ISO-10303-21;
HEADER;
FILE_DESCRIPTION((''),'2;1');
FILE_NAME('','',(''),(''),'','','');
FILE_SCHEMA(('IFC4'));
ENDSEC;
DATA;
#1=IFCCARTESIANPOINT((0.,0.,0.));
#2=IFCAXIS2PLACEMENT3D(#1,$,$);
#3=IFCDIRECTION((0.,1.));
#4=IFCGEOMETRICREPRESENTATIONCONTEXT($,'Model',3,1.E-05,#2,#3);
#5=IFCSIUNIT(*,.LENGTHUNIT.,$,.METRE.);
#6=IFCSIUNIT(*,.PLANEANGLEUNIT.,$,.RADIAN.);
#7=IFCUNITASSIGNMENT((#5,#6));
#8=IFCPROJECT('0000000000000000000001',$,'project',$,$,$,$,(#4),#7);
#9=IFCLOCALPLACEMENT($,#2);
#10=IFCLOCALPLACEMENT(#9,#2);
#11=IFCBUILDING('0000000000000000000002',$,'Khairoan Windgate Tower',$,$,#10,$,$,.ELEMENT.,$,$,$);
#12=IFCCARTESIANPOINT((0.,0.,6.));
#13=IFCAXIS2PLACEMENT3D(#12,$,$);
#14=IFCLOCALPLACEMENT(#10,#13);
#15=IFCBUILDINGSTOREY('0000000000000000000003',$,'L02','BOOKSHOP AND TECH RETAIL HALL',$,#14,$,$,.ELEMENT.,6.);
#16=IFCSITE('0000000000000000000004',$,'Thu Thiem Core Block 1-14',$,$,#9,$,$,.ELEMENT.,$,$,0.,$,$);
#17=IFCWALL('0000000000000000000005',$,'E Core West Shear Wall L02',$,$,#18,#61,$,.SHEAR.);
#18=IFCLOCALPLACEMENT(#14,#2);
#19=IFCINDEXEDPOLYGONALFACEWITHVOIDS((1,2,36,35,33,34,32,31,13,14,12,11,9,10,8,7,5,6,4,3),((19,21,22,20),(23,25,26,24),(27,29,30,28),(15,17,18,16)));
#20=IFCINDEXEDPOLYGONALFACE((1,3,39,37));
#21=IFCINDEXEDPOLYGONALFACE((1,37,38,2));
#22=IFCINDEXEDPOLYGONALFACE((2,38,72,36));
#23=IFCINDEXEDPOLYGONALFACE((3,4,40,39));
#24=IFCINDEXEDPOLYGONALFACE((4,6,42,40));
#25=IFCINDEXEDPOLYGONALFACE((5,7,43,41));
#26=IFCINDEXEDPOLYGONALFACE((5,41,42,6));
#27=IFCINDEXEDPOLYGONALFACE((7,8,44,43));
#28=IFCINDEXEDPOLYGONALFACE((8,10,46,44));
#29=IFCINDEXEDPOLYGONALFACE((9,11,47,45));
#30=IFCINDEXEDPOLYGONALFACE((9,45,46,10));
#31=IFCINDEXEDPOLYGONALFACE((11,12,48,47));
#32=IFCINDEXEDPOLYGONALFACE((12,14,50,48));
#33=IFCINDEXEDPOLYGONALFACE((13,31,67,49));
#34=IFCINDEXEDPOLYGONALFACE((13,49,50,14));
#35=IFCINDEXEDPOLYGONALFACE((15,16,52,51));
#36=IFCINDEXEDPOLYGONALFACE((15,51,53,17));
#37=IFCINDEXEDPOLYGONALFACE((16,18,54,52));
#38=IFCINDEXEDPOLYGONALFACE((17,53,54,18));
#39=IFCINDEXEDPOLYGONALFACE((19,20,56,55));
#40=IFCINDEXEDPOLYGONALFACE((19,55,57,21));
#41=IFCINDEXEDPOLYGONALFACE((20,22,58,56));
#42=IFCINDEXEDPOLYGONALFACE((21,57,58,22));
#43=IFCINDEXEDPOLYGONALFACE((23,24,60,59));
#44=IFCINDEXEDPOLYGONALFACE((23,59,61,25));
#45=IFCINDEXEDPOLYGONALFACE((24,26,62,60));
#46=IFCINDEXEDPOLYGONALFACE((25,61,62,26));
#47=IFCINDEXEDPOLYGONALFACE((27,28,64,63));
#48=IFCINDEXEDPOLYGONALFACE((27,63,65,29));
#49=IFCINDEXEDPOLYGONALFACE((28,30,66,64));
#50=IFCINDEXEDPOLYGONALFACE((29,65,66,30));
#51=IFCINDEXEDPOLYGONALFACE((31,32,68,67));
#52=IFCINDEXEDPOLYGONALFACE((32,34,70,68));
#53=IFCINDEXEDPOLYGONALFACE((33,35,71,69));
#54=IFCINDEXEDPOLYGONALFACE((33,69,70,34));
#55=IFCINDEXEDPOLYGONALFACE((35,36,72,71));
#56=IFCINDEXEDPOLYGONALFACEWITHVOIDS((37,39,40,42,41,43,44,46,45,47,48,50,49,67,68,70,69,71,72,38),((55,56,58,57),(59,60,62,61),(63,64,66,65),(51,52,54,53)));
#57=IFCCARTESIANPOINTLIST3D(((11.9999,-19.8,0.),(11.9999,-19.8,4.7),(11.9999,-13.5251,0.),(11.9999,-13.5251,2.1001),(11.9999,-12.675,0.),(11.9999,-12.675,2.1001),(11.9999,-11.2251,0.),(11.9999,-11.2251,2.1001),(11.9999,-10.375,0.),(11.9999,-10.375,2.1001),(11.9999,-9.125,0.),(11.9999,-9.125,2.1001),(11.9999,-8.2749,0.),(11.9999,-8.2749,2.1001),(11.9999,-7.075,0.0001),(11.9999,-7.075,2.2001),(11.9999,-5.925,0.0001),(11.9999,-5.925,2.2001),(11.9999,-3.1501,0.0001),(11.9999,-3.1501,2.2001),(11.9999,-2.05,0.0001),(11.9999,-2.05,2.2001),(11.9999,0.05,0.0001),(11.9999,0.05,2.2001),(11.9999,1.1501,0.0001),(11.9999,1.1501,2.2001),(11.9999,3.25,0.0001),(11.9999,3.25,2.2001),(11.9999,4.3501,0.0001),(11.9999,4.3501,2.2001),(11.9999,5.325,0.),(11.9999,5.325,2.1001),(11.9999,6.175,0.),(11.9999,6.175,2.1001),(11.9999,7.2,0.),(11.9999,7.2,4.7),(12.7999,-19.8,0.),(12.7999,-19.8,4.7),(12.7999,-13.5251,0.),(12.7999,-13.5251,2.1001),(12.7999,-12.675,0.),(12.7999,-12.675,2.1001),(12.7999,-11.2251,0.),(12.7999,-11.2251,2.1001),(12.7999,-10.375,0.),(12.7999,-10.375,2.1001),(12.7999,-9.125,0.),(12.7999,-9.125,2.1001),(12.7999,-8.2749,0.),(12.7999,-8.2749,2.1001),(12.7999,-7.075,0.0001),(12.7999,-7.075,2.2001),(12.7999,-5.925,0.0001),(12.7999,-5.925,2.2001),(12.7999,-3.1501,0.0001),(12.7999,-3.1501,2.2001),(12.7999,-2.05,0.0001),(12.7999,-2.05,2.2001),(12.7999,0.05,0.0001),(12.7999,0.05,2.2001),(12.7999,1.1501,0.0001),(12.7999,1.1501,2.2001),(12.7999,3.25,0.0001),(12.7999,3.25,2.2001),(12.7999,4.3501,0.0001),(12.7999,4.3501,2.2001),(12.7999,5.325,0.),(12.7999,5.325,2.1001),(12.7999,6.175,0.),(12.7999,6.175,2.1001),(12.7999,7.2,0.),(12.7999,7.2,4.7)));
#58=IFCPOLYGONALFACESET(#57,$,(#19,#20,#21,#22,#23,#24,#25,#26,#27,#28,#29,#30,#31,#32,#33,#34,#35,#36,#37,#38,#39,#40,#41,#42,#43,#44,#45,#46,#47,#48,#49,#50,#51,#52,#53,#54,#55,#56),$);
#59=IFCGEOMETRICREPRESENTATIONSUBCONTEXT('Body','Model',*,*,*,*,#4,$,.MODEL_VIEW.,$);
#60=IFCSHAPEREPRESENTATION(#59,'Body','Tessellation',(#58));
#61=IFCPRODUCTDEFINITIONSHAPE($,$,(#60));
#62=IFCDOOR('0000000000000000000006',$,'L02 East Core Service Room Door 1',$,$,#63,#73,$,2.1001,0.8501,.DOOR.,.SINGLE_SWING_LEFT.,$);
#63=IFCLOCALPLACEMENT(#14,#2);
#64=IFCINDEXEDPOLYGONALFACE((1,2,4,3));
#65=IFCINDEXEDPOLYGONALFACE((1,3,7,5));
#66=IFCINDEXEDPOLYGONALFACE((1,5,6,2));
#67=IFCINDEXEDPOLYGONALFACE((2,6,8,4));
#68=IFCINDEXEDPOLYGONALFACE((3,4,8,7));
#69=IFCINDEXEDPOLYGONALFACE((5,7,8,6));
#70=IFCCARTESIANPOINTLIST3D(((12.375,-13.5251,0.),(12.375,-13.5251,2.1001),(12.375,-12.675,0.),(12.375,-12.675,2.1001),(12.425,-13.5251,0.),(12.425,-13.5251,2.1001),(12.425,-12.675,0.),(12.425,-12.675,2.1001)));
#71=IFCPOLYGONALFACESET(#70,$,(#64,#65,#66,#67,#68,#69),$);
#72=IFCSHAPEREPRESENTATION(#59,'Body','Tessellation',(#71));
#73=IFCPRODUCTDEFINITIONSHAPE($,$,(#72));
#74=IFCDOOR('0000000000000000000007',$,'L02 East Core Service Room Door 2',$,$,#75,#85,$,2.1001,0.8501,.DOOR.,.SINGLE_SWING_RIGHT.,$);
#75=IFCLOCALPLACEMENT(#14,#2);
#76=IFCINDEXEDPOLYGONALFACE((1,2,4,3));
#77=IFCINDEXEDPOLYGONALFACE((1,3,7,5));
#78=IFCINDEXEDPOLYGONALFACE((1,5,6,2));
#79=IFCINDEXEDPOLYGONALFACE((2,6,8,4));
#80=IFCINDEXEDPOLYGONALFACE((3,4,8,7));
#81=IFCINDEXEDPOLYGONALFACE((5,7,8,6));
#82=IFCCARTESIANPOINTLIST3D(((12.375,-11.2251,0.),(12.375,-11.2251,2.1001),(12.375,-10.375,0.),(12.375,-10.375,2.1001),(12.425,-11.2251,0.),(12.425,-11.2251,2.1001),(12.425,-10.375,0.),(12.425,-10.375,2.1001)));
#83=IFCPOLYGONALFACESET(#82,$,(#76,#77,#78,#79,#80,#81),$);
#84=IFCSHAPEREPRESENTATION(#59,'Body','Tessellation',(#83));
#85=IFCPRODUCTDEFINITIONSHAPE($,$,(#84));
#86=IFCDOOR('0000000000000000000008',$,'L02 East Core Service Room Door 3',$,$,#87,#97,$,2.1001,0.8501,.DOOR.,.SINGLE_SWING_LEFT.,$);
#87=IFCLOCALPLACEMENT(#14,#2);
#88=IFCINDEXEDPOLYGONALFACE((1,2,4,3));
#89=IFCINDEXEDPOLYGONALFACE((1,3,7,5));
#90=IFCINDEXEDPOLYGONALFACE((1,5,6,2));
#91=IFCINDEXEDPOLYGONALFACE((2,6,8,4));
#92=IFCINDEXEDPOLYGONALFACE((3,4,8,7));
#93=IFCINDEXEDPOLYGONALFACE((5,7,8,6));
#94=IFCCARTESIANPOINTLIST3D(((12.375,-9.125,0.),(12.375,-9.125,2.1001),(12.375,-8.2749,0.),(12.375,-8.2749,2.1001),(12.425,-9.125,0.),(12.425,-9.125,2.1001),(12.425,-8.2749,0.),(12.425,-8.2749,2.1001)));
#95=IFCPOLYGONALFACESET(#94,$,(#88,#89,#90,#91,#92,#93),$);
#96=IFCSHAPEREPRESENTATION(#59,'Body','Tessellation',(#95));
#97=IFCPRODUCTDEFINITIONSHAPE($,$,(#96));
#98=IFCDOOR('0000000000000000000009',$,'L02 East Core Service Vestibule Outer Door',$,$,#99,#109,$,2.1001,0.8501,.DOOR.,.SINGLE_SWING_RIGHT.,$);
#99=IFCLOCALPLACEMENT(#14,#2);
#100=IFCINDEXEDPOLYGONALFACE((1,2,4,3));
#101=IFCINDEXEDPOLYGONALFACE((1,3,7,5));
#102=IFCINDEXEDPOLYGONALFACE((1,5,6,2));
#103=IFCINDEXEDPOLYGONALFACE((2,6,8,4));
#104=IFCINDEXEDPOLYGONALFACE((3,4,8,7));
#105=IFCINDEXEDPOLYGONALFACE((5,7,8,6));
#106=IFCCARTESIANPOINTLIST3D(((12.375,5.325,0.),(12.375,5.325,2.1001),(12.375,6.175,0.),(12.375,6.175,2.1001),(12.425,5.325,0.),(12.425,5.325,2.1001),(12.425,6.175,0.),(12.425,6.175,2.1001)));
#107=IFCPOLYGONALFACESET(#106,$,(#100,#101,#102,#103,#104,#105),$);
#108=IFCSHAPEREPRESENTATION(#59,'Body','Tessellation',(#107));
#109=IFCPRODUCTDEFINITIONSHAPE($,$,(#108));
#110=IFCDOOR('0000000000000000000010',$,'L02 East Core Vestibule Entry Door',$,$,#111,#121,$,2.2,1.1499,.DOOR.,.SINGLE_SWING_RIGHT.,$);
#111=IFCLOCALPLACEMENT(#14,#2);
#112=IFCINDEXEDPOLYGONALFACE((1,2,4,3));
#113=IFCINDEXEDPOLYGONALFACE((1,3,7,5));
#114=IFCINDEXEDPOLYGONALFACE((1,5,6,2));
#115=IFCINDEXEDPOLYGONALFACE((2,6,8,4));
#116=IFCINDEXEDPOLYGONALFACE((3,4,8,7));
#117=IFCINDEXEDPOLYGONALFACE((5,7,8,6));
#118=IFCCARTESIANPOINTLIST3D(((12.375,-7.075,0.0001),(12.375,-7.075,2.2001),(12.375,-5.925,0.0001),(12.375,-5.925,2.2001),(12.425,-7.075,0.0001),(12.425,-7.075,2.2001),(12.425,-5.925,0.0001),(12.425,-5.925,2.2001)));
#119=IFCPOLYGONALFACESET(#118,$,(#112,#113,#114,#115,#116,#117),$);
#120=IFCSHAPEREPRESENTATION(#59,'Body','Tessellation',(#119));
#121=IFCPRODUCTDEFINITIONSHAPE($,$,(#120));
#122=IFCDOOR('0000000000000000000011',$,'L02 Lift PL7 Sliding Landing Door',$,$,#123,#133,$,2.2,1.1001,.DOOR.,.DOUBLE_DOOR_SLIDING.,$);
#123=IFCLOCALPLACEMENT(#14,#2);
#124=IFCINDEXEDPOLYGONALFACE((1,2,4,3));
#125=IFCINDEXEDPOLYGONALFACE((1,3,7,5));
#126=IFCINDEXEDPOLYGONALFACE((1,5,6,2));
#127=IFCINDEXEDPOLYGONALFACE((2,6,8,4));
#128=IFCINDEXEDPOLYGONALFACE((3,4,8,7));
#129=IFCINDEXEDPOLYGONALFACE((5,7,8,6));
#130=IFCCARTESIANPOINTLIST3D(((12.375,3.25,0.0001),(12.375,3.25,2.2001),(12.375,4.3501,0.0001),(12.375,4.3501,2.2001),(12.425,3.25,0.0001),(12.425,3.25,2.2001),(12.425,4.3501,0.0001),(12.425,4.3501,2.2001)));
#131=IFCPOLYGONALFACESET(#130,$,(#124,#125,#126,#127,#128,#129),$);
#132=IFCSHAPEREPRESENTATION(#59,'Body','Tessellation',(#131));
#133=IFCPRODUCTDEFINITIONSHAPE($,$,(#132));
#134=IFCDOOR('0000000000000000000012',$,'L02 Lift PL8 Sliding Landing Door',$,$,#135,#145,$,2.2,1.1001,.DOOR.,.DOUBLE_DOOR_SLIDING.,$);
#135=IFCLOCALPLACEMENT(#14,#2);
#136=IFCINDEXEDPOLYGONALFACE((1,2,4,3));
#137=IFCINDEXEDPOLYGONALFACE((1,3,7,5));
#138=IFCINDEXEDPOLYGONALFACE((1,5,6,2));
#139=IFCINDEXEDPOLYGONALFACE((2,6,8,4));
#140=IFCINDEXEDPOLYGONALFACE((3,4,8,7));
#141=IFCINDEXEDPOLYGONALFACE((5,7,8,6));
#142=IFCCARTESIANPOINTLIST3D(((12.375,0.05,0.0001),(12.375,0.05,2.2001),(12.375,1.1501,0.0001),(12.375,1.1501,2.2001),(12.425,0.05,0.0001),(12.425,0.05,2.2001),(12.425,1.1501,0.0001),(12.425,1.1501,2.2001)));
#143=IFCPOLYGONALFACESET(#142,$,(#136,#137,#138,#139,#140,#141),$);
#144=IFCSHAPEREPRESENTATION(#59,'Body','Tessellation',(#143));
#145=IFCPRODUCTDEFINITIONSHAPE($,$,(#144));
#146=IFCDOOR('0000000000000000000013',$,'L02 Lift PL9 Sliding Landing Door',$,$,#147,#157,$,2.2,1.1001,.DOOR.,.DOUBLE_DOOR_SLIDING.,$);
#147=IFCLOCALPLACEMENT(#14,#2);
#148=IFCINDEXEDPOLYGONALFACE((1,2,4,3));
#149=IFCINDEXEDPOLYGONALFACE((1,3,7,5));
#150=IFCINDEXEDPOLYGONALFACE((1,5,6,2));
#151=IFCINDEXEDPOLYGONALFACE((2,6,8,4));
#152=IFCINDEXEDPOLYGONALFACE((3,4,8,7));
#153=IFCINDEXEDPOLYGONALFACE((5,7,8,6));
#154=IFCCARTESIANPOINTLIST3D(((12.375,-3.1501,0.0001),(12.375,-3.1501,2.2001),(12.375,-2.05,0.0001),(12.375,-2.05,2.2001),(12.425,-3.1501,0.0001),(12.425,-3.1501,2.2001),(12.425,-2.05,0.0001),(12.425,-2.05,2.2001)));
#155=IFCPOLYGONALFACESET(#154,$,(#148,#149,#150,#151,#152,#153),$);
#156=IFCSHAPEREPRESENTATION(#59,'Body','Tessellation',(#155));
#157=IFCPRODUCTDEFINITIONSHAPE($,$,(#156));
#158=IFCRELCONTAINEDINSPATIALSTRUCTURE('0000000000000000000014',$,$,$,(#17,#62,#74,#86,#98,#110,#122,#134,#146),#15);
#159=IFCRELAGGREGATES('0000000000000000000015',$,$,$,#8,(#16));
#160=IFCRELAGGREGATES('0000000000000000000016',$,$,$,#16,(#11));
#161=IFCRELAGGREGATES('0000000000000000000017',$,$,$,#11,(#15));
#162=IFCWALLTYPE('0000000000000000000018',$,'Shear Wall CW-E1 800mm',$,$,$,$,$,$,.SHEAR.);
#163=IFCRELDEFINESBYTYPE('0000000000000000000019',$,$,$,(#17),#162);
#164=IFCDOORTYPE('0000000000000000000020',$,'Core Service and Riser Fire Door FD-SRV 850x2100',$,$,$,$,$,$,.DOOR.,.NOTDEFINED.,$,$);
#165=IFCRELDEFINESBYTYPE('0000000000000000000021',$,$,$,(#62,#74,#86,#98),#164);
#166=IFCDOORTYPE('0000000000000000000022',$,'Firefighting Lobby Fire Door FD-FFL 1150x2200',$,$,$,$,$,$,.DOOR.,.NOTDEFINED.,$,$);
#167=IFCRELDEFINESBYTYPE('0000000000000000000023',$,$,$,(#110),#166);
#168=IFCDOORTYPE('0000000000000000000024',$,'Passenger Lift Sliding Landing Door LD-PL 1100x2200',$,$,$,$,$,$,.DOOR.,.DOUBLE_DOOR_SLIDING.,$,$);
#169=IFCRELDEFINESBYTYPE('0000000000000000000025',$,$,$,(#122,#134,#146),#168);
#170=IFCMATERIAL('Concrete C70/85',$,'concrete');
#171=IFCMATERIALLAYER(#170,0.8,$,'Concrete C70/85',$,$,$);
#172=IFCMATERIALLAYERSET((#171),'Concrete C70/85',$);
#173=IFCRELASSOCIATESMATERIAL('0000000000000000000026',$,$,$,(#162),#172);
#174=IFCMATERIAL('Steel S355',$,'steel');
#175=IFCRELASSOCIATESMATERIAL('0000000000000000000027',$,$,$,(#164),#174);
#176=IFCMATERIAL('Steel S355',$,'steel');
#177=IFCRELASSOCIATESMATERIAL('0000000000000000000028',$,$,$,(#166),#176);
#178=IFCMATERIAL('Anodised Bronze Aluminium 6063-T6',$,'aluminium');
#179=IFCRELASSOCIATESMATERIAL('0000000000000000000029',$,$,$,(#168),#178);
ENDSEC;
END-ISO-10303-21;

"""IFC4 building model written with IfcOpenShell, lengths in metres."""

from ifc_helpers import new_model, si_unit, direction, frame, frame_2d, origin, place, context, subcontext, project, spatial, rectangle, extrude, material, layer, layer_set, type_object, element, fill, save


model = new_model("IFC4")

# Units and contexts
model_context = context("Model", 3, precision=1e-05, world=origin(), true_north=direction((0.0, 1.0)))
body_context = subcontext(model_context, "Body", "Model", "MODEL_VIEW")
ifc_project = project(units=[si_unit("LENGTHUNIT", "METRE"), si_unit("PLANEANGLEUNIT", "RADIAN")], contexts=[model_context])

# Site, building, storey
site_placement = place(None, origin())
site = spatial("IfcSite", under=ifc_project, at=site_placement, Name="Thu Thiem Core Block 1-14", CompositionType="ELEMENT", RefElevation=0.0)
building_placement = place(site_placement, origin())
building = spatial("IfcBuilding", under=site, at=building_placement, Name="Khairoan Windgate Tower", CompositionType="ELEMENT")
storey_placement = place(building_placement, frame((0.0, 0.0, 6.0)))
storey = spatial("IfcBuildingStorey", under=building, at=storey_placement, Name="L02", Description="BOOKSHOP AND TECH RETAIL HALL", CompositionType="ELEMENT", Elevation=6.0)

# Wall, openings, doors
ifc_material_1 = material(Name="Concrete C70/85", Category="concrete")
ifc_layer_1 = layer(ifc_material_1, 0.8, Name="Concrete C70/85")
ifc_layer_set_1 = layer_set([ifc_layer_1], Name="Concrete C70/85")
wall_type_1 = type_object("IfcWallType", Name="Shear Wall CW-E1 800mm", PredefinedType="SHEAR", material=ifc_layer_set_1)
wall_1_placement = place(storey_placement, frame((12.3999, -19.8, 0.0), z_axis=(0.0, 0.0, 1.0), x_axis=(0.0, 1.0, 0.0)))
wall_1 = element("IfcWall", 1, at=wall_1_placement, inside=storey, type_object=wall_type_1, Name="E Core West Shear Wall L02", PredefinedType="SHEAR", context=body_context, shape_type="SweptSolid", body=[
    extrude(rectangle(XDim=27.0, YDim=0.8, at=frame_2d((13.5, 0.0))), origin(), (0.0, 0.0, 1.0), 4.7),
])
opening_1_placement = place(wall_1_placement, frame((23.05, 0.0, 0.0)))
opening_1 = element("IfcOpeningElement", 2, at=opening_1_placement, cuts=wall_1, PredefinedType="OPENING", context=body_context, shape_type="SweptSolid", body=[
    extrude(rectangle(XDim=1.1001, YDim=2.2, at=frame_2d((0.55, 1.1001))), frame((0.0, 0.4099, 0.0), z_axis=(0.0, -1.0, 0.0), x_axis=(1.0, 0.0, 0.0)), (0.0, 0.0, 1.0), 0.8201),
])
opening_2_placement = place(wall_1_placement, frame((19.8501, 0.0, 0.0)))
opening_2 = element("IfcOpeningElement", 3, at=opening_2_placement, cuts=wall_1, PredefinedType="OPENING", context=body_context, shape_type="SweptSolid", body=[
    extrude(rectangle(XDim=1.1001, YDim=2.2, at=frame_2d((0.55, 1.1001))), frame((0.0, 0.4099, 0.0), z_axis=(0.0, -1.0, 0.0), x_axis=(1.0, 0.0, 0.0)), (0.0, 0.0, 1.0), 0.8201),
])
opening_3_placement = place(wall_1_placement, frame((16.6499, 0.0, 0.0)))
opening_3 = element("IfcOpeningElement", 4, at=opening_3_placement, cuts=wall_1, PredefinedType="OPENING", context=body_context, shape_type="SweptSolid", body=[
    extrude(rectangle(XDim=1.1001, YDim=2.2, at=frame_2d((0.55, 1.1001))), frame((0.0, 0.4099, 0.0), z_axis=(0.0, -1.0, 0.0), x_axis=(1.0, 0.0, 0.0)), (0.0, 0.0, 1.0), 0.8201),
])
opening_4_placement = place(wall_1_placement, frame((6.2749, 0.0, 0.0)))
opening_4 = element("IfcOpeningElement", 5, at=opening_4_placement, cuts=wall_1, PredefinedType="OPENING", context=body_context, shape_type="SweptSolid", body=[
    extrude(rectangle(XDim=0.8501, YDim=2.1001, at=frame_2d((0.425, 1.05))), frame((0.0, 0.4099, 0.0), z_axis=(0.0, -1.0, 0.0), x_axis=(1.0, 0.0, 0.0)), (0.0, 0.0, 1.0), 0.8201),
])
opening_5_placement = place(wall_1_placement, frame((8.575, 0.0, 0.0)))
opening_5 = element("IfcOpeningElement", 6, at=opening_5_placement, cuts=wall_1, PredefinedType="OPENING", context=body_context, shape_type="SweptSolid", body=[
    extrude(rectangle(XDim=0.8501, YDim=2.1001, at=frame_2d((0.425, 1.05))), frame((0.0, 0.4099, 0.0), z_axis=(0.0, -1.0, 0.0), x_axis=(1.0, 0.0, 0.0)), (0.0, 0.0, 1.0), 0.8201),
])
opening_6_placement = place(wall_1_placement, frame((10.675, 0.0, 0.0)))
opening_6 = element("IfcOpeningElement", 7, at=opening_6_placement, cuts=wall_1, PredefinedType="OPENING", context=body_context, shape_type="SweptSolid", body=[
    extrude(rectangle(XDim=0.8501, YDim=2.1001, at=frame_2d((0.425, 1.05))), frame((0.0, 0.4099, 0.0), z_axis=(0.0, -1.0, 0.0), x_axis=(1.0, 0.0, 0.0)), (0.0, 0.0, 1.0), 0.8201),
])
opening_7_placement = place(wall_1_placement, frame((12.7251, 0.0, 0.0)))
opening_7 = element("IfcOpeningElement", 8, at=opening_7_placement, cuts=wall_1, PredefinedType="OPENING", context=body_context, shape_type="SweptSolid", body=[
    extrude(rectangle(XDim=1.1499, YDim=2.2, at=frame_2d((0.575, 1.1001))), frame((0.0, 0.4099, 0.0), z_axis=(0.0, -1.0, 0.0), x_axis=(1.0, 0.0, 0.0)), (0.0, 0.0, 1.0), 0.8201),
])
opening_8_placement = place(wall_1_placement, frame((25.125, 0.0, 0.0)))
opening_8 = element("IfcOpeningElement", 9, at=opening_8_placement, cuts=wall_1, PredefinedType="OPENING", context=body_context, shape_type="SweptSolid", body=[
    extrude(rectangle(XDim=0.8501, YDim=2.1001, at=frame_2d((0.425, 1.05))), frame((0.0, 0.4099, 0.0), z_axis=(0.0, -1.0, 0.0), x_axis=(1.0, 0.0, 0.0)), (0.0, 0.0, 1.0), 0.8201),
])
ifc_material_2 = material(Name="Steel S355", Category="steel")
door_type_1 = type_object("IfcDoorType", Name="Core Service and Riser Fire Door FD-SRV 850x2100", OperationType="NOTDEFINED", PredefinedType="DOOR", material=ifc_material_2)
door_1_placement = place(opening_4_placement, origin())
door_1 = element("IfcDoor", 10, at=door_1_placement, inside=storey, type_object=door_type_1, Name="L02 East Core Service Room Door 1", OperationType="SINGLE_SWING_LEFT", OverallHeight=2.1001, OverallWidth=0.8501, PredefinedType="DOOR", context=body_context, shape_type="SweptSolid", body=[
    extrude(rectangle(XDim=0.8501, YDim=2.1001, at=frame_2d((0.425, 1.05))), frame((0.0, 0.0249, 0.0), z_axis=(0.0, -1.0, 0.0), x_axis=(1.0, 0.0, 0.0)), (0.0, 0.0, 1.0), 0.05),
])
fill(opening_4, door_1)
door_2_placement = place(opening_5_placement, origin())
door_2 = element("IfcDoor", 11, at=door_2_placement, inside=storey, type_object=door_type_1, Name="L02 East Core Service Room Door 2", OperationType="SINGLE_SWING_RIGHT", OverallHeight=2.1001, OverallWidth=0.8501, PredefinedType="DOOR", context=body_context, shape_type="SweptSolid", body=[
    extrude(rectangle(XDim=0.8501, YDim=2.1001, at=frame_2d((0.425, 1.05))), frame((0.0, 0.0249, 0.0), z_axis=(0.0, -1.0, 0.0), x_axis=(1.0, 0.0, 0.0)), (0.0, 0.0, 1.0), 0.05),
])
fill(opening_5, door_2)
door_3_placement = place(opening_6_placement, origin())
door_3 = element("IfcDoor", 12, at=door_3_placement, inside=storey, type_object=door_type_1, Name="L02 East Core Service Room Door 3", OperationType="SINGLE_SWING_LEFT", OverallHeight=2.1001, OverallWidth=0.8501, PredefinedType="DOOR", context=body_context, shape_type="SweptSolid", body=[
    extrude(rectangle(XDim=0.8501, YDim=2.1001, at=frame_2d((0.425, 1.05))), frame((0.0, 0.0249, 0.0), z_axis=(0.0, -1.0, 0.0), x_axis=(1.0, 0.0, 0.0)), (0.0, 0.0, 1.0), 0.05),
])
fill(opening_6, door_3)
door_4_placement = place(opening_8_placement, origin())
door_4 = element("IfcDoor", 13, at=door_4_placement, inside=storey, type_object=door_type_1, Name="L02 East Core Service Vestibule Outer Door", OperationType="SINGLE_SWING_RIGHT", OverallHeight=2.1001, OverallWidth=0.8501, PredefinedType="DOOR", context=body_context, shape_type="SweptSolid", body=[
    extrude(rectangle(XDim=0.8501, YDim=2.1001, at=frame_2d((0.425, 1.05))), frame((0.0, 0.0249, 0.0), z_axis=(0.0, -1.0, 0.0), x_axis=(1.0, 0.0, 0.0)), (0.0, 0.0, 1.0), 0.05),
])
fill(opening_8, door_4)
ifc_material_3 = material(Name="Steel S355", Category="steel")
door_type_2 = type_object("IfcDoorType", Name="Firefighting Lobby Fire Door FD-FFL 1150x2200", OperationType="NOTDEFINED", PredefinedType="DOOR", material=ifc_material_3)
door_5_placement = place(opening_7_placement, origin())
door_5 = element("IfcDoor", 14, at=door_5_placement, inside=storey, type_object=door_type_2, Name="L02 East Core Vestibule Entry Door", OperationType="SINGLE_SWING_RIGHT", OverallHeight=2.2, OverallWidth=1.1499, PredefinedType="DOOR", context=body_context, shape_type="SweptSolid", body=[
    extrude(rectangle(XDim=1.1499, YDim=2.2, at=frame_2d((0.575, 1.1001))), frame((0.0, 0.0249, 0.0), z_axis=(0.0, -1.0, 0.0), x_axis=(1.0, 0.0, 0.0)), (0.0, 0.0, 1.0), 0.05),
])
fill(opening_7, door_5)
ifc_material_4 = material(Name="Anodised Bronze Aluminium 6063-T6", Category="aluminium")
door_type_3 = type_object("IfcDoorType", Name="Passenger Lift Sliding Landing Door LD-PL 1100x2200", OperationType="DOUBLE_DOOR_SLIDING", PredefinedType="DOOR", material=ifc_material_4)
door_6_placement = place(opening_1_placement, origin())
door_6 = element("IfcDoor", 15, at=door_6_placement, inside=storey, type_object=door_type_3, Name="L02 Lift PL7 Sliding Landing Door", OperationType="DOUBLE_DOOR_SLIDING", OverallHeight=2.2, OverallWidth=1.1001, PredefinedType="DOOR", context=body_context, shape_type="SweptSolid", body=[
    extrude(rectangle(XDim=1.1001, YDim=2.2, at=frame_2d((0.55, 1.1001))), frame((0.0, 0.0249, 0.0), z_axis=(0.0, -1.0, 0.0), x_axis=(1.0, 0.0, 0.0)), (0.0, 0.0, 1.0), 0.05),
])
fill(opening_1, door_6)
door_7_placement = place(opening_2_placement, origin())
door_7 = element("IfcDoor", 16, at=door_7_placement, inside=storey, type_object=door_type_3, Name="L02 Lift PL8 Sliding Landing Door", OperationType="DOUBLE_DOOR_SLIDING", OverallHeight=2.2, OverallWidth=1.1001, PredefinedType="DOOR", context=body_context, shape_type="SweptSolid", body=[
    extrude(rectangle(XDim=1.1001, YDim=2.2, at=frame_2d((0.55, 1.1001))), frame((0.0, 0.0249, 0.0), z_axis=(0.0, -1.0, 0.0), x_axis=(1.0, 0.0, 0.0)), (0.0, 0.0, 1.0), 0.05),
])
fill(opening_2, door_7)
door_8_placement = place(opening_3_placement, origin())
door_8 = element("IfcDoor", 17, at=door_8_placement, inside=storey, type_object=door_type_3, Name="L02 Lift PL9 Sliding Landing Door", OperationType="DOUBLE_DOOR_SLIDING", OverallHeight=2.2, OverallWidth=1.1001, PredefinedType="DOOR", context=body_context, shape_type="SweptSolid", body=[
    extrude(rectangle(XDim=1.1001, YDim=2.2, at=frame_2d((0.55, 1.1001))), frame((0.0, 0.0249, 0.0), z_axis=(0.0, -1.0, 0.0), x_axis=(1.0, 0.0, 0.0)), (0.0, 0.0, 1.0), 0.05),
])
fill(opening_3, door_8)

save(model, "model.ifc")
